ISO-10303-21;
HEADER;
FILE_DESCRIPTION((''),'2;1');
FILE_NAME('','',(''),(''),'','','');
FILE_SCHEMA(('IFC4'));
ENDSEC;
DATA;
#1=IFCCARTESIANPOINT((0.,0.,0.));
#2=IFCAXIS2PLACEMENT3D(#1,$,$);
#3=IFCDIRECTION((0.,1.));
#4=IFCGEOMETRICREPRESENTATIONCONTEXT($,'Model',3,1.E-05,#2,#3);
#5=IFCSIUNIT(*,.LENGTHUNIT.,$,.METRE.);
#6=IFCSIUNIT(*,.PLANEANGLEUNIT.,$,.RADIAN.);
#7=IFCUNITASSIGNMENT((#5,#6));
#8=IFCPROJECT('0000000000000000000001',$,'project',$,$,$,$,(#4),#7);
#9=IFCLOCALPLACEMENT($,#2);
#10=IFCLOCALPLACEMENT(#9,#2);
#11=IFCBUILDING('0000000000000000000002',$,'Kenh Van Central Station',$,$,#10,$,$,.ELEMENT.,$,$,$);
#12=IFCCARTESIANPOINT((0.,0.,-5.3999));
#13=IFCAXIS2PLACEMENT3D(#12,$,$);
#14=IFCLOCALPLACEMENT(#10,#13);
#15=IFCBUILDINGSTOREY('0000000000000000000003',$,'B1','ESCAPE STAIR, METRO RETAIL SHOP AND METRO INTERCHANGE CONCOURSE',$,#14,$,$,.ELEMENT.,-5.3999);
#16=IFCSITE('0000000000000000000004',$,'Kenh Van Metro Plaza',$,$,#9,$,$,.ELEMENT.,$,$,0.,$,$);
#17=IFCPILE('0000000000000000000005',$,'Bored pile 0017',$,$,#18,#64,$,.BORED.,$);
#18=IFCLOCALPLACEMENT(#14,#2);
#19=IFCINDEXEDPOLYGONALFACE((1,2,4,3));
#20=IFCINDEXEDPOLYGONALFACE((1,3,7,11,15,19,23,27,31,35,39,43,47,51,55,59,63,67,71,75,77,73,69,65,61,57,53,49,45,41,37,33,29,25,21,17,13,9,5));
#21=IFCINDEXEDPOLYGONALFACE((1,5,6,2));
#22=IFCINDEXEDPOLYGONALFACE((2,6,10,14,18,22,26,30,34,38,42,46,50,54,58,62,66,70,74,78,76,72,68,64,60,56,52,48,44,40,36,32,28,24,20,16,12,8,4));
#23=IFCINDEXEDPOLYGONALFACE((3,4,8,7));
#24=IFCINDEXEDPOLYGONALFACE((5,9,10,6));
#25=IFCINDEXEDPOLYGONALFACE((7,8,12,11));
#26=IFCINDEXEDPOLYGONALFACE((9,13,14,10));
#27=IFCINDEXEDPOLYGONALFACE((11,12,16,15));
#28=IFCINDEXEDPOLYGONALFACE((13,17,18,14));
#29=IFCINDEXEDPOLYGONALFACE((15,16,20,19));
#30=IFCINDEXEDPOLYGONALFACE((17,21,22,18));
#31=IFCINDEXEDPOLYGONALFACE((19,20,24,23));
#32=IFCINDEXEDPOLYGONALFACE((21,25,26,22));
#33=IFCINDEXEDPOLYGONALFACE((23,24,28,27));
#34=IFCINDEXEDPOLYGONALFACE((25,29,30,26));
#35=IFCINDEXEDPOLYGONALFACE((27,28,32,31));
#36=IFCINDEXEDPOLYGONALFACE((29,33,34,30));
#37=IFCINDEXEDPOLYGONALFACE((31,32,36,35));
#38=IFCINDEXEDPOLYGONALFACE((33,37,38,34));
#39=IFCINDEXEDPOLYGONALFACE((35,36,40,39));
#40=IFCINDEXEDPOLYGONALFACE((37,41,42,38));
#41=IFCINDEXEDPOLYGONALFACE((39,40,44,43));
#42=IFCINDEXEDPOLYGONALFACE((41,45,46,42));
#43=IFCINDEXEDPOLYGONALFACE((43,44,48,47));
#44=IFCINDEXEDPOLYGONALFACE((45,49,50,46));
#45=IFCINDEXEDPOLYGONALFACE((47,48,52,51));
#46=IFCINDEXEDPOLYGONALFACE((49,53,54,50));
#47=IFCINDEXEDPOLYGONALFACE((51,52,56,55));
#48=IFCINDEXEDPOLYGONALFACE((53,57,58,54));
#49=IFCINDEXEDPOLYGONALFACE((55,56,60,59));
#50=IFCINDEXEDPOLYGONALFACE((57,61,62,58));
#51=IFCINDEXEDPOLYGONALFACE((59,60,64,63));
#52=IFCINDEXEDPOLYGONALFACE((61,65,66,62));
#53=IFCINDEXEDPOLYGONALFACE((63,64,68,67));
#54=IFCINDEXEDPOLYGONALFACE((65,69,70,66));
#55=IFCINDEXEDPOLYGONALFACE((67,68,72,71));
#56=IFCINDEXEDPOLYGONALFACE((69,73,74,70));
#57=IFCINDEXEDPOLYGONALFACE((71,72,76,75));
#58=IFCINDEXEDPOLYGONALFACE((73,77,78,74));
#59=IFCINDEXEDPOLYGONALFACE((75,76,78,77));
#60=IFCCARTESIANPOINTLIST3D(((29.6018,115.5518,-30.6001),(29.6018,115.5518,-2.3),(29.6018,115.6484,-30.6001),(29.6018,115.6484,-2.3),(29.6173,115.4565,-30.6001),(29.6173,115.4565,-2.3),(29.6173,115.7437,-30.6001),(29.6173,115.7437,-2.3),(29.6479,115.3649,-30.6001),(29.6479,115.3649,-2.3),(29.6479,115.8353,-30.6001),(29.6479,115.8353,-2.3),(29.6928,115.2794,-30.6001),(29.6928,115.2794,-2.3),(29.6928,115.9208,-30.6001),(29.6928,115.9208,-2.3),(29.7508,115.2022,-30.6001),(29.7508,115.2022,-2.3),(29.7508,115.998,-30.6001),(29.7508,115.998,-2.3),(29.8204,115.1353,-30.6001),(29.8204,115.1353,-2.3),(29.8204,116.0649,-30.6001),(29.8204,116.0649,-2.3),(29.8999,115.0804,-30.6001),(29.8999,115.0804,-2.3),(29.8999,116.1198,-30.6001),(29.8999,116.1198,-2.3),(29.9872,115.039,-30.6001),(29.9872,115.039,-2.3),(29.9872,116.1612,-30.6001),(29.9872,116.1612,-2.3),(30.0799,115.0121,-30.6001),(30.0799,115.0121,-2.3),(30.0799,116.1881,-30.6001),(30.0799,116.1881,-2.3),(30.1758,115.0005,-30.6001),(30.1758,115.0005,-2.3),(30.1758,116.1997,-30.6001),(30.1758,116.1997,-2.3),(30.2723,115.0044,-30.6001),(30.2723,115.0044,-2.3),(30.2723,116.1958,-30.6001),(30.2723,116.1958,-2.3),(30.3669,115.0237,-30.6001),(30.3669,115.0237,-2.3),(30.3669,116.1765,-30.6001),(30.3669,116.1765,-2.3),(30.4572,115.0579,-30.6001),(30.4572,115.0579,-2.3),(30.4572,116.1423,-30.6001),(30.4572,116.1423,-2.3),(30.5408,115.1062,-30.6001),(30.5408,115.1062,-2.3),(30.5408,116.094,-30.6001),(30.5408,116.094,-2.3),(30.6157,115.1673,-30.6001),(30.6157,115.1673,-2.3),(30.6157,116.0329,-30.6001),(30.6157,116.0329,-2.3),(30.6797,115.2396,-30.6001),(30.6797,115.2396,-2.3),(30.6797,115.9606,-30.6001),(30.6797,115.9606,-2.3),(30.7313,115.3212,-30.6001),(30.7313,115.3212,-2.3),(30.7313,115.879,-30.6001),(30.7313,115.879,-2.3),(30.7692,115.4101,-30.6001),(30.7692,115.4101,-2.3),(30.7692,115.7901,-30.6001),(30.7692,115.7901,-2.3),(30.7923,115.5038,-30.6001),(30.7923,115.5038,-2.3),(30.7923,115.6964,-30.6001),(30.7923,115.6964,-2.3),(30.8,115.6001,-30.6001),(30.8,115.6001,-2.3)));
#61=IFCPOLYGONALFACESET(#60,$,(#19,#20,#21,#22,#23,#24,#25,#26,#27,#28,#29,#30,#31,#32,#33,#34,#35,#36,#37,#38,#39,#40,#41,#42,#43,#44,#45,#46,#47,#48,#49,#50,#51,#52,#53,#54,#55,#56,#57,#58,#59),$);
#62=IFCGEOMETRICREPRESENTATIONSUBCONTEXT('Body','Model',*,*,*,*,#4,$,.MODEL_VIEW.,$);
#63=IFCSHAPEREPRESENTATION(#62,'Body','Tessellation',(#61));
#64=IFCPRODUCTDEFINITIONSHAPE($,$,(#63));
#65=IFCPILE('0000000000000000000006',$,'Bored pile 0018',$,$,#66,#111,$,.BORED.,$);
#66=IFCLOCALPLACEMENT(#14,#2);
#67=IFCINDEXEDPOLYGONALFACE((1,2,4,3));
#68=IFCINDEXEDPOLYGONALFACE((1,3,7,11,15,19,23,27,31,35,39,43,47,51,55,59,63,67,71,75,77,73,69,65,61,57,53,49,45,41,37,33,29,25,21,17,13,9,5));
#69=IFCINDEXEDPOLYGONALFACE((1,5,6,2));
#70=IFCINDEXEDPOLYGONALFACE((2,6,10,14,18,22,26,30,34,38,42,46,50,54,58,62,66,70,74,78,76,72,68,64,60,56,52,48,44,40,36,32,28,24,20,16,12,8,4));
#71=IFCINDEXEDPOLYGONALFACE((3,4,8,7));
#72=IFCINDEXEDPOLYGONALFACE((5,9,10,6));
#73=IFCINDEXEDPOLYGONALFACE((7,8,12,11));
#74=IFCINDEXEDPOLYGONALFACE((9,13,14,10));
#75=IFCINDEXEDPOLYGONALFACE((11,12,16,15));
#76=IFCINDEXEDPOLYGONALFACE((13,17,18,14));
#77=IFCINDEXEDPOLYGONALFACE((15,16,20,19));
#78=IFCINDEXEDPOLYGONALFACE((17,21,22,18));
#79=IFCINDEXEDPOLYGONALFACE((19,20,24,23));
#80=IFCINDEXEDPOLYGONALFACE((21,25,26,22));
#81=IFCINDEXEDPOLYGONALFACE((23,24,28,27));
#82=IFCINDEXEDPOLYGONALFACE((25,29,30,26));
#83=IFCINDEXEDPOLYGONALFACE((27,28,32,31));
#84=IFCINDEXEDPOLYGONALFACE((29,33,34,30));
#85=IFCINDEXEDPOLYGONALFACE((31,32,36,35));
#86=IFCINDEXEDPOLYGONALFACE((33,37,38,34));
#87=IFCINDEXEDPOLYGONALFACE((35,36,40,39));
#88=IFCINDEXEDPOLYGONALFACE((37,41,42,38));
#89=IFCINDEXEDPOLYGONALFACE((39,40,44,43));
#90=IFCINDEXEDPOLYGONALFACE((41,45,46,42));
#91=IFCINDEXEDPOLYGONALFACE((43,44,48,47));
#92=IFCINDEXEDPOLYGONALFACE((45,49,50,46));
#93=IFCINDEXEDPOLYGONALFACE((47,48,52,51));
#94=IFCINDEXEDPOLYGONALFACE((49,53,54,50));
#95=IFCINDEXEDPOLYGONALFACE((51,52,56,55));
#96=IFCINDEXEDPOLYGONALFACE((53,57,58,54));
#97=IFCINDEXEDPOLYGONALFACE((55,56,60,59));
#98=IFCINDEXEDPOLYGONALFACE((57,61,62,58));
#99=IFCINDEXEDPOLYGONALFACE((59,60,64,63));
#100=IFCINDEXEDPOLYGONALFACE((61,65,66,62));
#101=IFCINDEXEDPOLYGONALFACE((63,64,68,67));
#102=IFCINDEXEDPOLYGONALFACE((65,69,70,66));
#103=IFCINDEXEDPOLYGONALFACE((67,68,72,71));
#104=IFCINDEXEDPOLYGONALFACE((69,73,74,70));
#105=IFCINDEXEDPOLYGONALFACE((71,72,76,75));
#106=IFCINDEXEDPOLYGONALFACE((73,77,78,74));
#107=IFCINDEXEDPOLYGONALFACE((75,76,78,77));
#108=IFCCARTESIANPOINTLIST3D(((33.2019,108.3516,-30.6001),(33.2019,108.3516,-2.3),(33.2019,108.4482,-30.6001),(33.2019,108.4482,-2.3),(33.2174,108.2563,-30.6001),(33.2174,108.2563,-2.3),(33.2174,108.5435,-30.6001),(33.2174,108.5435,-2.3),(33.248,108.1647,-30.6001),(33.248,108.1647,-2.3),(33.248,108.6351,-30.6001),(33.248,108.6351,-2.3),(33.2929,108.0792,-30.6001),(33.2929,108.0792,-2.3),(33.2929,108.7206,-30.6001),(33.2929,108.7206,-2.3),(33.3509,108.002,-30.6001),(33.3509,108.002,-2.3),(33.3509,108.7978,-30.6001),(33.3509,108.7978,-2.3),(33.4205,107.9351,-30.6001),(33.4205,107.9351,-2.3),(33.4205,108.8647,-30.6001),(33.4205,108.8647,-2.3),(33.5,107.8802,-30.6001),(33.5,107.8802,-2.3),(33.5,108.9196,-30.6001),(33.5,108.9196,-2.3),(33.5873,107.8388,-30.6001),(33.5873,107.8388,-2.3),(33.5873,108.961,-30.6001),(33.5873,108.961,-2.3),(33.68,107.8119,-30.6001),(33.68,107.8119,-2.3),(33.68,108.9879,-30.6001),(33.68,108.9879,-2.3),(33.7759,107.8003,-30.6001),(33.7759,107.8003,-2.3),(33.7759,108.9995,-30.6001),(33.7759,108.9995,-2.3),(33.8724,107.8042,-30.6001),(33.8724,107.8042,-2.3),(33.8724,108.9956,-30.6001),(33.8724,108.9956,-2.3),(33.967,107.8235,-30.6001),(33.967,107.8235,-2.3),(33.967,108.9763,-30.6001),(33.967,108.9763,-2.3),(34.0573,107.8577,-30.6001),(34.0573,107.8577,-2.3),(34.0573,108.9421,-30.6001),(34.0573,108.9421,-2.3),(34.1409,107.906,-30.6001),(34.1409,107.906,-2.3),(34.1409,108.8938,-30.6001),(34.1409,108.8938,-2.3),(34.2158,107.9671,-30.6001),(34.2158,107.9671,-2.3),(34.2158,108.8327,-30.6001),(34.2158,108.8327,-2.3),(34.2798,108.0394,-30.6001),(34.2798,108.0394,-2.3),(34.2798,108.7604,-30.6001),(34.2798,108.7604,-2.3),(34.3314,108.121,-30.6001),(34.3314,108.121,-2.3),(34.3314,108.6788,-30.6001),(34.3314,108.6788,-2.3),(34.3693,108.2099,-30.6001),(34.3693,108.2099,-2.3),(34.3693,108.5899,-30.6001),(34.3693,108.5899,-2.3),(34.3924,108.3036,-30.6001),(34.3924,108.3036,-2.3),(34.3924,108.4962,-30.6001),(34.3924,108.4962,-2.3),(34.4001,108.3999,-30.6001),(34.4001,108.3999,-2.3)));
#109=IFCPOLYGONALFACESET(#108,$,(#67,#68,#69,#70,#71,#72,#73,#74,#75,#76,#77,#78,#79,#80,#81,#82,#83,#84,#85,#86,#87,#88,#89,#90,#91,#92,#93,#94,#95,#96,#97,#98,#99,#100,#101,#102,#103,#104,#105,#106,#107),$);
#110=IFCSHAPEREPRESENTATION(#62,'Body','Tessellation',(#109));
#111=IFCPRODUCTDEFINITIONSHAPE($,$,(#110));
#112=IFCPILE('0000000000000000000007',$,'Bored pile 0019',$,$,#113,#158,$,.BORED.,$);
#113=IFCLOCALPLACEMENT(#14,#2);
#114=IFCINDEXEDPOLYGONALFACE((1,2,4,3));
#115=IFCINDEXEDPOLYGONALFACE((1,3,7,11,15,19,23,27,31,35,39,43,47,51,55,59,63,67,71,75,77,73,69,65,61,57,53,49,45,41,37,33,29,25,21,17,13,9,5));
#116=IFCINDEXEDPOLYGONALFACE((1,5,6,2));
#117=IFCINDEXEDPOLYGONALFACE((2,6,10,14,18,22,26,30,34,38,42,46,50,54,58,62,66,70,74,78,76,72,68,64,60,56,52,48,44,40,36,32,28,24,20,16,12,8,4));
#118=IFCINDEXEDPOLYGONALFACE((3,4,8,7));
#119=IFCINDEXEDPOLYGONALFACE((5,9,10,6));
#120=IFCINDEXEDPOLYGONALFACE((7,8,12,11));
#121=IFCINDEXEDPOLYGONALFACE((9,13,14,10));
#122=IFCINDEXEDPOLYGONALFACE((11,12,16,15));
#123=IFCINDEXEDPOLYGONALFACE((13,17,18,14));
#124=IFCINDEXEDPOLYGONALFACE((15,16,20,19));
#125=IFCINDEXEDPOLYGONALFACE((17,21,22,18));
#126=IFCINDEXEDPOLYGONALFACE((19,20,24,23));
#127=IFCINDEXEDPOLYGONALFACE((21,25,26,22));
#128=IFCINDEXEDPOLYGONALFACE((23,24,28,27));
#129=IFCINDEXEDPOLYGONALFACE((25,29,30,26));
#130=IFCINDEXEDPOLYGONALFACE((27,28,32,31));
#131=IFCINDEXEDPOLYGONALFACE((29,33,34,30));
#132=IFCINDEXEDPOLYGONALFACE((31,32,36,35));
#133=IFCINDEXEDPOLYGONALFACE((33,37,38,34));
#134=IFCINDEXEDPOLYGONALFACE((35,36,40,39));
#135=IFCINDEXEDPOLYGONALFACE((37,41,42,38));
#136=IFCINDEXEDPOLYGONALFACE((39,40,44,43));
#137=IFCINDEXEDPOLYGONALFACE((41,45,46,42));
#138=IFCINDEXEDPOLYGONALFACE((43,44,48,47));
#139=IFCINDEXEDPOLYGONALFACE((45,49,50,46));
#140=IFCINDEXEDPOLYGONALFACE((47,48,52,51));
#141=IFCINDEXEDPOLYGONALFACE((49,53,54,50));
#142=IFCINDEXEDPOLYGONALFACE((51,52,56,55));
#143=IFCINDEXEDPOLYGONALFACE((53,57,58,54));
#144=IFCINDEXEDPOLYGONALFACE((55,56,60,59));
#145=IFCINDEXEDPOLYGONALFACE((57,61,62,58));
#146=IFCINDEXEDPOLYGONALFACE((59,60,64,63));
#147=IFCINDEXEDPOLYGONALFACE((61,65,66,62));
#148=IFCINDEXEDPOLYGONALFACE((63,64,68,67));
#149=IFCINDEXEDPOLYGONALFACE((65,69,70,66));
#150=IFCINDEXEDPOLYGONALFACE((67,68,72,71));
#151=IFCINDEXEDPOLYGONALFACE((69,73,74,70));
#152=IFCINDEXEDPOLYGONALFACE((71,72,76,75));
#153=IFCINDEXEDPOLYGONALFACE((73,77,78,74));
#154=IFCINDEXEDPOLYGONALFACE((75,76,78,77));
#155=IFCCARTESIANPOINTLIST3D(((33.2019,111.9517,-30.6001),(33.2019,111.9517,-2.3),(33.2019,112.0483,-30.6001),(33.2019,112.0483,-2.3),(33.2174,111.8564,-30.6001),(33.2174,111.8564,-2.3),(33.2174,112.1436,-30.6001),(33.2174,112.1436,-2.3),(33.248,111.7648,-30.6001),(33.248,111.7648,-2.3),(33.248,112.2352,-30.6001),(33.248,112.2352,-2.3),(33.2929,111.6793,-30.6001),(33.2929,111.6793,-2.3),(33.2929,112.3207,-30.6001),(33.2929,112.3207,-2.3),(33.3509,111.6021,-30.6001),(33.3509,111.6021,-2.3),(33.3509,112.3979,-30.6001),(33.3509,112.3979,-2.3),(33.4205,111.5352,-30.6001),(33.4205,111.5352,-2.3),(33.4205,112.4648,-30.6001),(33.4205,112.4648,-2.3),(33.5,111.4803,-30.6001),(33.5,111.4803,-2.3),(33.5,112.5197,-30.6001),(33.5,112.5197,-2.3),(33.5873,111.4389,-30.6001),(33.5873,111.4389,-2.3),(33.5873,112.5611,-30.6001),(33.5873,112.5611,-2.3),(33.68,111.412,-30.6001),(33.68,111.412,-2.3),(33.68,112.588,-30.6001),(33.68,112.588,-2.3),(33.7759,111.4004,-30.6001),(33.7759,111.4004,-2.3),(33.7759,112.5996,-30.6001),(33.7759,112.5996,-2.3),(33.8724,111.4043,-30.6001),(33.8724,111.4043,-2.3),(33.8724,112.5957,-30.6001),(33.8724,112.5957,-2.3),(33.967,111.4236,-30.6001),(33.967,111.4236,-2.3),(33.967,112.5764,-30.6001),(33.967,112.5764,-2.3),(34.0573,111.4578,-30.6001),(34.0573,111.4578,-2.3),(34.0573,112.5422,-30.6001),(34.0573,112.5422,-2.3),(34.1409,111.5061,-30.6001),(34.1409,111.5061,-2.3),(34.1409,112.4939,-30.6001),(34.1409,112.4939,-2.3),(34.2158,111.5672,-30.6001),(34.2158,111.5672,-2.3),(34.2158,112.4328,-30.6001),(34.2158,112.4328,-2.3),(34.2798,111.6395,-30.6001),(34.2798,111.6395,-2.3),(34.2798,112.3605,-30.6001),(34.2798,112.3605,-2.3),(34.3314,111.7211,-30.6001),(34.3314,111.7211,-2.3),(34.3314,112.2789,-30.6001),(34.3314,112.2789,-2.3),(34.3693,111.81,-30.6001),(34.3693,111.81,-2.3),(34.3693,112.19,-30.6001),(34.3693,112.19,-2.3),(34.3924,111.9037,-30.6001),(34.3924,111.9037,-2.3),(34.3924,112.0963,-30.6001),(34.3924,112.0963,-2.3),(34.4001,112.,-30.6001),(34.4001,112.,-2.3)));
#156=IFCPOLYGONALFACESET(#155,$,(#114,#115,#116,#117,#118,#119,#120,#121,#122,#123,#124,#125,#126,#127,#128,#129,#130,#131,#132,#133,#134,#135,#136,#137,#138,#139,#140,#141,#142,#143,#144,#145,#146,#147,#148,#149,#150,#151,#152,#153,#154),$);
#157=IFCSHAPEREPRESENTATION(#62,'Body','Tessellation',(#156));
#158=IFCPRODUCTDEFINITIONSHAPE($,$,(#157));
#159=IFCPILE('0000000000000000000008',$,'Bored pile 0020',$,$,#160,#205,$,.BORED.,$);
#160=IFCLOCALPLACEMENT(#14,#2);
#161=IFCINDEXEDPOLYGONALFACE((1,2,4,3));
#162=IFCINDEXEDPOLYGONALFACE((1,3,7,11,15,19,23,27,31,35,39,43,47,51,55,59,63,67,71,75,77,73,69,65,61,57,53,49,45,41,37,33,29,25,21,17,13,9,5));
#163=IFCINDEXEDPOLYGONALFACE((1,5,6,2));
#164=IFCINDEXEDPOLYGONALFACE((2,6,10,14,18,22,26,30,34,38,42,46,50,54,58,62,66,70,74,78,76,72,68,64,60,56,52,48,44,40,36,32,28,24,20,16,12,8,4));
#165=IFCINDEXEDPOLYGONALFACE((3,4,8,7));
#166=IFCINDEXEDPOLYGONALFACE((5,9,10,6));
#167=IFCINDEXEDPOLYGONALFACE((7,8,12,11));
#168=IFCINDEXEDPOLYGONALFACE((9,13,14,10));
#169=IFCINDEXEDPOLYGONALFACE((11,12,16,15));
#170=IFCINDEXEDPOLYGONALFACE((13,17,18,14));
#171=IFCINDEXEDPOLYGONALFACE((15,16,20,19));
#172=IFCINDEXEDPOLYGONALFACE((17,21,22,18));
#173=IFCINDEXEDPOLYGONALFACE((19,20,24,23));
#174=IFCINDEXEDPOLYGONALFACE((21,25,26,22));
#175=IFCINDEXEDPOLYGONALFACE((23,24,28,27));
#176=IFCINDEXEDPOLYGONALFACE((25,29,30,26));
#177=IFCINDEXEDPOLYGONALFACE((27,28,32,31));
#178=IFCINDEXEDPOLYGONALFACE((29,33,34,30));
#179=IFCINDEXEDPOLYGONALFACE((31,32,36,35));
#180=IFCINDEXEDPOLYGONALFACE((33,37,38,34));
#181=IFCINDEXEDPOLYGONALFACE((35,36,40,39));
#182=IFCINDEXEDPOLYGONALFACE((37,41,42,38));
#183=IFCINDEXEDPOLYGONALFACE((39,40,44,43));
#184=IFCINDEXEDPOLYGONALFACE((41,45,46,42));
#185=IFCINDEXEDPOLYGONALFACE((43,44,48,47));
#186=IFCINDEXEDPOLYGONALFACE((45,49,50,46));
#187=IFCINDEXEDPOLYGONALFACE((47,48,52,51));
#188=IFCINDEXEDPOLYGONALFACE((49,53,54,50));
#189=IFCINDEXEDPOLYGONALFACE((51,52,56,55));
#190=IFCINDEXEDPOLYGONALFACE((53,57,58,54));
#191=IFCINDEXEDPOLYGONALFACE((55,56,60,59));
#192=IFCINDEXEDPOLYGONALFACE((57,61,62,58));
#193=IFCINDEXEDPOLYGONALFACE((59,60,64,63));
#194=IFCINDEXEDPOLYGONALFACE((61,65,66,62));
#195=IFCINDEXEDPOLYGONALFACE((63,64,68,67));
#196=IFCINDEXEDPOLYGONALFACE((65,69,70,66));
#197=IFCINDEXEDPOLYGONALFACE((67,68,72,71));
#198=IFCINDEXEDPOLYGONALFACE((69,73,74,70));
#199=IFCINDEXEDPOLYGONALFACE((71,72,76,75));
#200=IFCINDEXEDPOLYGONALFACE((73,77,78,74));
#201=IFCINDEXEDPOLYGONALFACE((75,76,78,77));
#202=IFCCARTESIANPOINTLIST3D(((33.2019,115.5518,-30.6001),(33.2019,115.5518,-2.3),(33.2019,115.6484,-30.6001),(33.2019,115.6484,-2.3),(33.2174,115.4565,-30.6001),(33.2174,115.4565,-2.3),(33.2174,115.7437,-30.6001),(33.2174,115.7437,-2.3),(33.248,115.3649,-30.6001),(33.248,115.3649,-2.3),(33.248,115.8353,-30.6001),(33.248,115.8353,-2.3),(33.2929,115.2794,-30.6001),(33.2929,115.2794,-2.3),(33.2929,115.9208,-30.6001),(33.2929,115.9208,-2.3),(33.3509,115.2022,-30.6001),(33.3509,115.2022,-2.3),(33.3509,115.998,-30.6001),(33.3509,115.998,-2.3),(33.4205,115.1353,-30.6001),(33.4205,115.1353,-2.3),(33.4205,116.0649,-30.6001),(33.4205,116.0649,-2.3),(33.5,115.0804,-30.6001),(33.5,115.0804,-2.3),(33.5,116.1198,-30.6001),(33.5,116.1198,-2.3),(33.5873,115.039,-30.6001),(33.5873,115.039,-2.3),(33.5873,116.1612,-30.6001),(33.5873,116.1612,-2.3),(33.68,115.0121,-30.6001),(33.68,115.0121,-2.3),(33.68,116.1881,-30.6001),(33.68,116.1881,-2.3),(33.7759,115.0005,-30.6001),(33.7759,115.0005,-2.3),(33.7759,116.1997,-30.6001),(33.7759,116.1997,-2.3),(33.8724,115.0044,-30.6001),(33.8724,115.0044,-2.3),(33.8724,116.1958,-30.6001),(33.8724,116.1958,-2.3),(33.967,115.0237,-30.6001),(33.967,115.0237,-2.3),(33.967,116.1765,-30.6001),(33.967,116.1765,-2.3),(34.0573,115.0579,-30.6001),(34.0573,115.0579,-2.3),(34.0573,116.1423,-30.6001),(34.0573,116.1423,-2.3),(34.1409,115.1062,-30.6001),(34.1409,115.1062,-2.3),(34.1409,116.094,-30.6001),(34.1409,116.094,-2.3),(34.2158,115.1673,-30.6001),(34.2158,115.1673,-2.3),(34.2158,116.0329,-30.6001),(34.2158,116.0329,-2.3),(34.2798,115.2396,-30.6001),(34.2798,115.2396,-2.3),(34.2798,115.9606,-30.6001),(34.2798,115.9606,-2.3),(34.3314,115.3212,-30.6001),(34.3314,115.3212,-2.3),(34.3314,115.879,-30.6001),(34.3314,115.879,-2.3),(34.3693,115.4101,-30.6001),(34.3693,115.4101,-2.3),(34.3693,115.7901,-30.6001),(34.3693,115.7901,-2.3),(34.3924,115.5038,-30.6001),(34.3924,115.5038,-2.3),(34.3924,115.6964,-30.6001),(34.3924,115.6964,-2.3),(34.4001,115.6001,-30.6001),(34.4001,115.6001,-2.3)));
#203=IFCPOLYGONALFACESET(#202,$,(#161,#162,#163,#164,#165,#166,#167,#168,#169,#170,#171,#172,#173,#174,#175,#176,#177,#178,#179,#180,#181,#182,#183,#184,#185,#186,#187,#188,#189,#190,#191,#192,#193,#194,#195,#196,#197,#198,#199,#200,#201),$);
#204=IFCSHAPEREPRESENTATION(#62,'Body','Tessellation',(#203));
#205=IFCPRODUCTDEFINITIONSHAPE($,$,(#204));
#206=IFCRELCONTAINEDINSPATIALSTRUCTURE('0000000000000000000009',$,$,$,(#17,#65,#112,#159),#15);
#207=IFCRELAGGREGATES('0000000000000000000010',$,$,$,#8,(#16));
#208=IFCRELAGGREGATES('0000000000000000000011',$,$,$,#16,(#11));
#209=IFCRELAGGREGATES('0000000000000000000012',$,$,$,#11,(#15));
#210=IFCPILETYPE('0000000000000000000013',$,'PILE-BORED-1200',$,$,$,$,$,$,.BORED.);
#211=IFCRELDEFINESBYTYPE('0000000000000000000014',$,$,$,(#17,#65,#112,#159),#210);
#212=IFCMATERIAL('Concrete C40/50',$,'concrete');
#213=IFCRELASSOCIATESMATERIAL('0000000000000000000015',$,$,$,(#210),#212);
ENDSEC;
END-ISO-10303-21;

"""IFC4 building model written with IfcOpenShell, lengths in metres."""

from ifc_helpers import new_model, si_unit, direction, frame, origin, origin_2d, place, context, subcontext, project, spatial, circle, extrude, material, material_profile, profile_set, type_object, element, save


model = new_model("IFC4")

# Units and contexts
model_context = context("Model", 3, precision=1e-05, world=origin(), true_north=direction((0.0, 1.0)))
body_context = subcontext(model_context, "Body", "Model", "MODEL_VIEW")
ifc_project = project(units=[si_unit("LENGTHUNIT", "METRE"), si_unit("PLANEANGLEUNIT", "RADIAN")], contexts=[model_context])

# Site, building, storey
site_placement = place(None, origin())
site = spatial("IfcSite", under=ifc_project, at=site_placement, Name="Kenh Van Metro Plaza", CompositionType="ELEMENT", RefElevation=0.0)
building_placement = place(site_placement, origin())
building = spatial("IfcBuilding", under=site, at=building_placement, Name="Kenh Van Central Station", CompositionType="ELEMENT")
storey_placement = place(building_placement, frame((0.0, 0.0, -5.3999)))
storey = spatial("IfcBuildingStorey", under=building, at=storey_placement, Name="B1", Description="ESCAPE STAIR, METRO RETAIL SHOP AND METRO INTERCHANGE CONCOURSE", CompositionType="ELEMENT", Elevation=-5.3999)

# Shared definitions
ifc_material = material(Name="Concrete C40/50", Category="concrete")

# Piles
ifc_material_profile_1 = material_profile(ifc_material, circle(Radius=0.6001, at=origin_2d()), Name="PILE D1200")
ifc_profile_set_1 = profile_set([ifc_material_profile_1], Name="Concrete C40/50")
pile_type_1 = type_object("IfcPileType", Name="PILE-BORED-1200", PredefinedType="BORED", material=ifc_profile_set_1)
for number, where, z_axis, x_axis, name in (
    (1, (30.2, 115.6001, -2.3), (0.0, 0.0, -1.0), (1.0, 0.0, 0.0), "Bored pile 0017"),
    (2, (33.8, 108.3999, -2.3), (0.0, 0.0, -1.0), (1.0, 0.0, 0.0), "Bored pile 0018"),
    (3, (33.8, 112.0, -2.3), (0.0, 0.0, -1.0), (1.0, 0.0, 0.0), "Bored pile 0019"),
    (4, (33.8, 115.6001, -2.3), (0.0, 0.0, -1.0), (1.0, 0.0, 0.0), "Bored pile 0020"),
):
    element("IfcPile", number, at=place(storey_placement, frame(where, z_axis=z_axis, x_axis=x_axis)), inside=storey, type_object=pile_type_1, Name=name, PredefinedType="BORED", context=body_context, shape_type="SweptSolid", body=[
        extrude(circle(Radius=0.6001, at=origin_2d()), origin(), (0.0, 0.0, 1.0), 28.3),
    ])

save(model, "model.ifc")
